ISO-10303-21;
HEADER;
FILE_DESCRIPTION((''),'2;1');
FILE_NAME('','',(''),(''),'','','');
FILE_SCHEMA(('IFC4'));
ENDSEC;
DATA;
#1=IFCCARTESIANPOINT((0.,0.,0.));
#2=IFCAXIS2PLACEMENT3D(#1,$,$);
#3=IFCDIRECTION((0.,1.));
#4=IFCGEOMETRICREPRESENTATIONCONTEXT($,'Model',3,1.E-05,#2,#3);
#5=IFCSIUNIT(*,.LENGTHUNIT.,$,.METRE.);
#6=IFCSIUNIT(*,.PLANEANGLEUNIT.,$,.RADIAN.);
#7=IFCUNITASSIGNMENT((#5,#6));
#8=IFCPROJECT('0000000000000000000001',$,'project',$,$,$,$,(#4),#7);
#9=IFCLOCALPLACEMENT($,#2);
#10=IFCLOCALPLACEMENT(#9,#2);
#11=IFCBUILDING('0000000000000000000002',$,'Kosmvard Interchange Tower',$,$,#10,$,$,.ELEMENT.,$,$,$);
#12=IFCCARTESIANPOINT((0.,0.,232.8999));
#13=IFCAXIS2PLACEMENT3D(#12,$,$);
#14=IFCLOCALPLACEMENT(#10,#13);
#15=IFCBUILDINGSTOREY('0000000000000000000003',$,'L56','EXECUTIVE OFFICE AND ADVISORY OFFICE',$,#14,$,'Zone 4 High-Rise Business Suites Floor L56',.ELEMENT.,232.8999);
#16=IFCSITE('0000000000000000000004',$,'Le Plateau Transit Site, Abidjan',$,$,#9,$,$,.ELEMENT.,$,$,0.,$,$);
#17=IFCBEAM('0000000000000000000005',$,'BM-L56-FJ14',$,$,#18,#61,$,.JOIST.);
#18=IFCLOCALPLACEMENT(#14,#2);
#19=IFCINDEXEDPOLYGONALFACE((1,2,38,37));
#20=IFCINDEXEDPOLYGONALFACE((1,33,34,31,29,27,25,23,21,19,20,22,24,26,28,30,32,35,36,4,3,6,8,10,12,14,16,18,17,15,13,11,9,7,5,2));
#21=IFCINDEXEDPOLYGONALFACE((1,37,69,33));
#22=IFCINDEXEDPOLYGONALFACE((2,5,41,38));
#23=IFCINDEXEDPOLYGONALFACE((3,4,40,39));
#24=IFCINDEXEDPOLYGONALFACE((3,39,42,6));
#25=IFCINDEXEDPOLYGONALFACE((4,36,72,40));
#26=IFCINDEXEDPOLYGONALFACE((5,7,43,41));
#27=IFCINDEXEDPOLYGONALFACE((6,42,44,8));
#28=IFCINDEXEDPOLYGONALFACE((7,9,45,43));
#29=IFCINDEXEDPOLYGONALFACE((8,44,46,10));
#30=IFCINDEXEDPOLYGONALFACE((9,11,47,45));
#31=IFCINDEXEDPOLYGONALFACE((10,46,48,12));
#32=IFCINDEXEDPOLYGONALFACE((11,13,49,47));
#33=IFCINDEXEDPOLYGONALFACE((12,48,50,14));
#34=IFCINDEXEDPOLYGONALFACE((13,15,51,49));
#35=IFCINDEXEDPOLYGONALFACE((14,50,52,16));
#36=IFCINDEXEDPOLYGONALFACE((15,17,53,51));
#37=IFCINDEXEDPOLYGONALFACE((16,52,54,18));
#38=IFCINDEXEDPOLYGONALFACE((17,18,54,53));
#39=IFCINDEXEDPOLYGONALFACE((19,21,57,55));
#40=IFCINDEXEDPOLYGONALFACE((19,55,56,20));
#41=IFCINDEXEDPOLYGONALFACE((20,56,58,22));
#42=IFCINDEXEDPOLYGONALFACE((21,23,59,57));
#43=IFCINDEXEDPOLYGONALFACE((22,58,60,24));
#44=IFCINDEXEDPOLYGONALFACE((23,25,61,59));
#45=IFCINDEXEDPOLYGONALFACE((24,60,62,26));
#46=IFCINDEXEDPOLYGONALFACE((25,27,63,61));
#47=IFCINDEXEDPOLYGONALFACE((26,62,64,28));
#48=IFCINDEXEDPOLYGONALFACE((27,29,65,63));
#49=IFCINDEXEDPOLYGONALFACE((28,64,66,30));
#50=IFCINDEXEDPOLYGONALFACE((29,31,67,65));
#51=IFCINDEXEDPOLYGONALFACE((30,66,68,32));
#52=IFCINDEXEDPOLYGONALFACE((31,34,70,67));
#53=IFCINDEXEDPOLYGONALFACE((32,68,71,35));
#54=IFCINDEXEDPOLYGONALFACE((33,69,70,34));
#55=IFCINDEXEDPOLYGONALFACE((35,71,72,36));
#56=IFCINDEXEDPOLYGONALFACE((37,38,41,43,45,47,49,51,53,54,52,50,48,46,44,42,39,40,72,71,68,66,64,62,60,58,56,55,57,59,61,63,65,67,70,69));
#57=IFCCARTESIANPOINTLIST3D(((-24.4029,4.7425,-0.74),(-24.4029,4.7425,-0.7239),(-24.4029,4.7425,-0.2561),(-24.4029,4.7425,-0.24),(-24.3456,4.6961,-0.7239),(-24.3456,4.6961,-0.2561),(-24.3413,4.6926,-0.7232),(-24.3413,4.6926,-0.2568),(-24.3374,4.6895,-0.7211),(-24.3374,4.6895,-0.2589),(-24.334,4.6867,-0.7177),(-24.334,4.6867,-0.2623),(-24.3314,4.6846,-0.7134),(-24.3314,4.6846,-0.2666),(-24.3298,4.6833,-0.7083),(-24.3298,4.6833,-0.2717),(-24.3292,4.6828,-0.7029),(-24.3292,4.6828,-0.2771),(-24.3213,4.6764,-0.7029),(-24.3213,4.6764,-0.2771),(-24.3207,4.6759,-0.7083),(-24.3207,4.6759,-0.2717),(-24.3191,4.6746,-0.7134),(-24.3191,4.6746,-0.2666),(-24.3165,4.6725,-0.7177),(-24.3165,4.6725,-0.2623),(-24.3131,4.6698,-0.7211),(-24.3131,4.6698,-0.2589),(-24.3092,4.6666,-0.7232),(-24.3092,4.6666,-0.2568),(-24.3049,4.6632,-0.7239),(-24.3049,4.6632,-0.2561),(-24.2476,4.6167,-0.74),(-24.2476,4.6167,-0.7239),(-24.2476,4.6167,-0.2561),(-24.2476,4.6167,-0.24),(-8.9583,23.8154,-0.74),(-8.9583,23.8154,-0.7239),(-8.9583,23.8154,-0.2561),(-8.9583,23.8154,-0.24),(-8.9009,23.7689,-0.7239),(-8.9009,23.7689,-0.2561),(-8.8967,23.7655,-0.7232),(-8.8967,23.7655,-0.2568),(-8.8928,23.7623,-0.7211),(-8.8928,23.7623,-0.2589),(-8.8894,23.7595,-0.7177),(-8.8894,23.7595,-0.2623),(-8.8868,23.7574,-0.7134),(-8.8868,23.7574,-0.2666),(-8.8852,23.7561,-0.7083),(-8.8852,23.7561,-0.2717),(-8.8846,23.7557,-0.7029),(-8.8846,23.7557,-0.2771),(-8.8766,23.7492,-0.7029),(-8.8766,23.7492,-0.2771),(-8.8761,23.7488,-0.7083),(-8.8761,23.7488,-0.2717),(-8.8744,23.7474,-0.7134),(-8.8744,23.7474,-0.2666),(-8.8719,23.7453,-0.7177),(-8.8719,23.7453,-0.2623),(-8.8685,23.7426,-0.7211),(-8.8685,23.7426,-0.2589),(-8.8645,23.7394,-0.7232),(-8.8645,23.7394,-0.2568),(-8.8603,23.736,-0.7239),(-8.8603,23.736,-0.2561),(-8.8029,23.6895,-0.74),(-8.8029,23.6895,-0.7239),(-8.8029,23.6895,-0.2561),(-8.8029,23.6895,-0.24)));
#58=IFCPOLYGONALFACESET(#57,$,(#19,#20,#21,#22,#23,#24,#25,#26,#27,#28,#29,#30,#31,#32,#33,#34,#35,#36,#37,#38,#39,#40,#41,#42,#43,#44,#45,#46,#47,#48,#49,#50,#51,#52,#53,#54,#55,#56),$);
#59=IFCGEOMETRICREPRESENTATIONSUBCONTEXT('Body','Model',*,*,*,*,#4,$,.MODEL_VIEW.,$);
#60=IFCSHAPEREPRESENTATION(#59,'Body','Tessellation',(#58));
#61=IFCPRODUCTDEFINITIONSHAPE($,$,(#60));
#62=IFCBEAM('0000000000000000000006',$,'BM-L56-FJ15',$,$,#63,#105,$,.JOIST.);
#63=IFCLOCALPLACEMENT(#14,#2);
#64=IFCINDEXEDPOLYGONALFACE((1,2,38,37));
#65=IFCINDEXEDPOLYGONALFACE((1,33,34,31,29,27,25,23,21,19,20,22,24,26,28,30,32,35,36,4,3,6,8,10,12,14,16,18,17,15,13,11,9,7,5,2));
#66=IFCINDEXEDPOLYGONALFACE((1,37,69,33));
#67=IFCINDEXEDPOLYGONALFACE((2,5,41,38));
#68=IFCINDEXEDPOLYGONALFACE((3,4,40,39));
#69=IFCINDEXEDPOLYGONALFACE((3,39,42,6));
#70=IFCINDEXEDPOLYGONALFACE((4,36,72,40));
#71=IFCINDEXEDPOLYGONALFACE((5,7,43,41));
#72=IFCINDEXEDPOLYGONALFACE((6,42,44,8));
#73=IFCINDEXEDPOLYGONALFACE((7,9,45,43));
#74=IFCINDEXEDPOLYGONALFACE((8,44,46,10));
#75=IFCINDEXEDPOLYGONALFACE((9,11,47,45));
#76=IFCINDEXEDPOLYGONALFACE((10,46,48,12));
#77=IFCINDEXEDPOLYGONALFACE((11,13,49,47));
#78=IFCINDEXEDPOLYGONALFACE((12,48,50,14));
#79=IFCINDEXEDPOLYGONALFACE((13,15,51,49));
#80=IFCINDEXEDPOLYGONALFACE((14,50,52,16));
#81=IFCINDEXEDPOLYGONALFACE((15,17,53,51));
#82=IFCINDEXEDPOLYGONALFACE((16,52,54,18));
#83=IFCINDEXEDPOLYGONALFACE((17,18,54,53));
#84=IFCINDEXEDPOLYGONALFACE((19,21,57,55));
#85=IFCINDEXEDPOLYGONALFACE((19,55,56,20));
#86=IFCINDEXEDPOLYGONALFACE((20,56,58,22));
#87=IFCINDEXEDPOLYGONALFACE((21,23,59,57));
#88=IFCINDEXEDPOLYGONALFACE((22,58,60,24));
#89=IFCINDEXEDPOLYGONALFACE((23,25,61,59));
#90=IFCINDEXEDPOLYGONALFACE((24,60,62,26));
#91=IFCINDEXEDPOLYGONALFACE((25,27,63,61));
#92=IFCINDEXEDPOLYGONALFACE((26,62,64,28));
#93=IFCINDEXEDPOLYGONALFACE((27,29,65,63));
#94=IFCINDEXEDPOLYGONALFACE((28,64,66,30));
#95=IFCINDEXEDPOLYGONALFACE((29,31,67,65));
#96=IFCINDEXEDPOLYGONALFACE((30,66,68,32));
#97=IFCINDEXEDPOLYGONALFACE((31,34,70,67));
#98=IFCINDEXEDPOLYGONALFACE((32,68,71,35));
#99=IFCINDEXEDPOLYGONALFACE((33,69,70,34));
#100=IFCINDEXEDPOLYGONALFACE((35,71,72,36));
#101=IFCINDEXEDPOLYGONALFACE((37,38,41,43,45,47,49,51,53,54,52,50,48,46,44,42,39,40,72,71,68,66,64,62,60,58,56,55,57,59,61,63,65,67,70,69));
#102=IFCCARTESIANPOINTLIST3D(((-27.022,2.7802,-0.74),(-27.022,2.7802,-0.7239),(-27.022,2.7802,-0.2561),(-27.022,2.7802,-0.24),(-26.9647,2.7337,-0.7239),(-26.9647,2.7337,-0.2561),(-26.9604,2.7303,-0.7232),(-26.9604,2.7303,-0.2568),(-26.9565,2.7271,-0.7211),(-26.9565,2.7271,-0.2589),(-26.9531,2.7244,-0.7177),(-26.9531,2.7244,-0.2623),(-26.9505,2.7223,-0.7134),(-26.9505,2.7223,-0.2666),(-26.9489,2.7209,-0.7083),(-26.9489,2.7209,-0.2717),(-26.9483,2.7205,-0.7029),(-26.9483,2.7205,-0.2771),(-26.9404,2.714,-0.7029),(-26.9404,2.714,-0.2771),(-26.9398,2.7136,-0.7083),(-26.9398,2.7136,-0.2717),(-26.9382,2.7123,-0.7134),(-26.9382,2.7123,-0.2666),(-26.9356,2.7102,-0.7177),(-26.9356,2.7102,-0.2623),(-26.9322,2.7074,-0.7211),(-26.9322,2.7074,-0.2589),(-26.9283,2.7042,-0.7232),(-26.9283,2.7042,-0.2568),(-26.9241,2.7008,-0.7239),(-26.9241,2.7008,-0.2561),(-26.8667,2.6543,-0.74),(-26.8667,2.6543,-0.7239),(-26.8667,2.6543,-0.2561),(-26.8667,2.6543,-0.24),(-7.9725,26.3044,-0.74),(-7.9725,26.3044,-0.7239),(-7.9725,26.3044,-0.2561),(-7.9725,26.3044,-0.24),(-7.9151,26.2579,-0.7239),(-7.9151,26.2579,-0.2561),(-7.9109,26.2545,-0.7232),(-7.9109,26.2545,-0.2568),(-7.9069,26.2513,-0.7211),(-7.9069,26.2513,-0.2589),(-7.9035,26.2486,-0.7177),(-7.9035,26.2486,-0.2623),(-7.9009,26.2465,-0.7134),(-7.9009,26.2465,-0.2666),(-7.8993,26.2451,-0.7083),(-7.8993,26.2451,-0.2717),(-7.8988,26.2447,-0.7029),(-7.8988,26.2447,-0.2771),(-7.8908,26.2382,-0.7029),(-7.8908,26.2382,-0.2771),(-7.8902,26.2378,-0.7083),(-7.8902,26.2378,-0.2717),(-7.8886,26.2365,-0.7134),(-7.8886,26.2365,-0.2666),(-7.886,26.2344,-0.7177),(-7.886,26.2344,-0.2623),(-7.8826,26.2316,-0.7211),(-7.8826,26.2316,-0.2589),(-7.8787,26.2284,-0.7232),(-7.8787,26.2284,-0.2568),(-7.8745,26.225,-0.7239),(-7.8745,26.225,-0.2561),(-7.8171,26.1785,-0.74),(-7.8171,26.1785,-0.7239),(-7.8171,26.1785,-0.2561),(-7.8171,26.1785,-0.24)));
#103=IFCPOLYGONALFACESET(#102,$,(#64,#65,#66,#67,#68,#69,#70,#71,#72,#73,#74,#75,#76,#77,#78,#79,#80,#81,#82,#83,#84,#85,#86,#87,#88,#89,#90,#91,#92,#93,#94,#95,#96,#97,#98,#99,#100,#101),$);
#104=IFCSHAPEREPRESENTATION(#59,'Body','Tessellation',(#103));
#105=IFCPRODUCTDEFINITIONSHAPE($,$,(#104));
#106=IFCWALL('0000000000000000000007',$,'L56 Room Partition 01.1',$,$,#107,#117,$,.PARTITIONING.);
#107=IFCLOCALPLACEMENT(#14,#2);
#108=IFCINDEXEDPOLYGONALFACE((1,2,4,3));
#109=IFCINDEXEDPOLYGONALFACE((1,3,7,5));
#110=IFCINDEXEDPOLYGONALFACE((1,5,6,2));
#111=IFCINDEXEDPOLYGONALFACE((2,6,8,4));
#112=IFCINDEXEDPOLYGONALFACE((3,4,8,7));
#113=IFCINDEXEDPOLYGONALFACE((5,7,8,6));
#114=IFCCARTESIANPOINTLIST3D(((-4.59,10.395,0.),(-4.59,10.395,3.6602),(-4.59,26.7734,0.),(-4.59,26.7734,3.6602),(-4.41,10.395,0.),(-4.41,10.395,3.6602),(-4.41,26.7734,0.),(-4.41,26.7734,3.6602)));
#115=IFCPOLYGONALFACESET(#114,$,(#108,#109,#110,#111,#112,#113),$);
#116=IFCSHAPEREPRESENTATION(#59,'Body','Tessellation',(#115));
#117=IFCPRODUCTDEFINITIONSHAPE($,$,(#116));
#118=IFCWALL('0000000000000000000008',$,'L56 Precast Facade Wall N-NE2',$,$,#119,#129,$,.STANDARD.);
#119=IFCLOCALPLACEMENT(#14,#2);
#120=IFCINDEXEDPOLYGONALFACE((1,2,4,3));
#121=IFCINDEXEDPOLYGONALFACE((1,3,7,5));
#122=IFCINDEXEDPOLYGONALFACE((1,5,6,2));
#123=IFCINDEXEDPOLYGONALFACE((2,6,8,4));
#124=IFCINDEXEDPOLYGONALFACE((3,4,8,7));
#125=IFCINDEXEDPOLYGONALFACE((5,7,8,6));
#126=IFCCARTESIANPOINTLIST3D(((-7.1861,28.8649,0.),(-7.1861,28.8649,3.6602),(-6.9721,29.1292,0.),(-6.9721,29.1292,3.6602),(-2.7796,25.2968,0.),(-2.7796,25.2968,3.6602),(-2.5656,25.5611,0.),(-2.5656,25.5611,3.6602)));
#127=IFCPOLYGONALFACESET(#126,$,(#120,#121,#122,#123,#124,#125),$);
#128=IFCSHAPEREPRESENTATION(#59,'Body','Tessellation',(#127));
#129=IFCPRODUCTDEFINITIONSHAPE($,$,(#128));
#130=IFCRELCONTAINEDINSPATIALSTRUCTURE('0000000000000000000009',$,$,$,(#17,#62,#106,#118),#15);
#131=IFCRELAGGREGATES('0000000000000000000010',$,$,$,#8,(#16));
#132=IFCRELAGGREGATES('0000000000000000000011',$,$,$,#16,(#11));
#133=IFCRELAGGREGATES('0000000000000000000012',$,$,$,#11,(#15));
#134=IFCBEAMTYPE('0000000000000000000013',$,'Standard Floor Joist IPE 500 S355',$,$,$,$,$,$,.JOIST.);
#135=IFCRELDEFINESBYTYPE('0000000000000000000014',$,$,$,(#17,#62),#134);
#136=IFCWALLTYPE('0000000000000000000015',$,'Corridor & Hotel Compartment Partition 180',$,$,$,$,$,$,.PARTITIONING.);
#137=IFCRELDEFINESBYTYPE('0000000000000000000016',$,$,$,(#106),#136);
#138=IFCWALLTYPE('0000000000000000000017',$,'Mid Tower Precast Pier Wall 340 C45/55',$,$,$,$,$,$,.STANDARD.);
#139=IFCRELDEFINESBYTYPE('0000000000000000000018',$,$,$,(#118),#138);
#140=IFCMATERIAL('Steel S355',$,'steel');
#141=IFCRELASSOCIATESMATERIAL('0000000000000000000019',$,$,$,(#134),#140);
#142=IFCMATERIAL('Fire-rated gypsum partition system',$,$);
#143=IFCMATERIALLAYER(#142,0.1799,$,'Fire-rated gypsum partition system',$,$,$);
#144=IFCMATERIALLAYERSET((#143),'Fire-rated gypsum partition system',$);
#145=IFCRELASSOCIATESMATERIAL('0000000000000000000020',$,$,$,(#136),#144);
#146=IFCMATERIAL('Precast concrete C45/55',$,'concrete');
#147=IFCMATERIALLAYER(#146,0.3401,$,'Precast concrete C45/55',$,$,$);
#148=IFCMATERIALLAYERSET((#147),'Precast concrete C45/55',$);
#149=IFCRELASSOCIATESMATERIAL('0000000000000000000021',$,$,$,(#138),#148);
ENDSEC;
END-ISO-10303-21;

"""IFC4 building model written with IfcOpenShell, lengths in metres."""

from ifc_helpers import new_model, si_unit, direction, frame, frame_2d, origin, origin_2d, place, context, subcontext, project, spatial, rectangle, i_section, extrude, source, transform, mapped, material, layer, layer_set, material_profile, profile_set, type_object, element, save


model = new_model("IFC4")

# Units and contexts
model_context = context("Model", 3, precision=1e-05, world=origin(), true_north=direction((0.0, 1.0)))
body_context = subcontext(model_context, "Body", "Model", "MODEL_VIEW")
ifc_project = project(units=[si_unit("LENGTHUNIT", "METRE"), si_unit("PLANEANGLEUNIT", "RADIAN")], contexts=[model_context])

# Site, building, storey
site_placement = place(None, origin())
site = spatial("IfcSite", under=ifc_project, at=site_placement, Name="Le Plateau Transit Site, Abidjan", CompositionType="ELEMENT", RefElevation=0.0)
building_placement = place(site_placement, origin())
building = spatial("IfcBuilding", under=site, at=building_placement, Name="Kosmvard Interchange Tower", CompositionType="ELEMENT")
storey_placement = place(building_placement, frame((0.0, 0.0, 232.8999)))
storey = spatial("IfcBuildingStorey", under=building, at=storey_placement, Name="L56", Description="EXECUTIVE OFFICE AND ADVISORY OFFICE", LongName="Zone 4 High-Rise Business Suites Floor L56", CompositionType="ELEMENT", Elevation=232.8999)

# Beams
ifc_material_1 = material(Name="Steel S355", Category="steel")
ifc_material_profile_1 = material_profile(ifc_material_1, i_section(OverallWidth=0.2, OverallDepth=0.5, WebThickness=0.0103, FlangeThickness=0.0161, FilletRadius=0.021, at=origin_2d()), Name="IPE 500")
ifc_profile_set_1 = profile_set([ifc_material_profile_1], Name="Steel S355")
beam_type_1 = type_object("IfcBeamType", Name="Standard Floor Joist IPE 500 S355", PredefinedType="JOIST", material=ifc_profile_set_1)
shared_shape_1 = source(origin(), body_context, "Body", "SweptSolid", [
    extrude(i_section(OverallWidth=0.2, OverallDepth=0.5, WebThickness=0.0103, FlangeThickness=0.0161, FilletRadius=0.021, at=origin_2d()), origin(), (0.0, 0.0, 1.0), 24.542),
])
beam_1_placement = place(storey_placement, frame((-8.8806, 23.7524, -0.49), z_axis=(-0.629315, -0.777151, 0.0), x_axis=(0.777151, -0.629315, 0.0)))
element("IfcBeam", 1, at=beam_1_placement, inside=storey, type_object=beam_type_1, Name="BM-L56-FJ14", PredefinedType="JOIST", context=body_context, shape_type="MappedRepresentation", body=[
    mapped(shared_shape_1, transform((0.0, 0.0, 0.0), scale=1.0)),
])
shared_shape_2 = source(origin(), body_context, "Body", "SweptSolid", [
    extrude(i_section(OverallWidth=0.2, OverallDepth=0.5, WebThickness=0.0103, FlangeThickness=0.0161, FilletRadius=0.021, at=origin_2d()), origin(), (0.0, 0.0, 1.0), 30.27),
])
beam_2_placement = place(storey_placement, frame((-7.8948, 26.2415, -0.49), z_axis=(-0.629322, -0.777145, 0.0), x_axis=(0.777145, -0.629322, 0.0)))
element("IfcBeam", 2, at=beam_2_placement, inside=storey, type_object=beam_type_1, Name="BM-L56-FJ15", PredefinedType="JOIST", context=body_context, shape_type="MappedRepresentation", body=[
    mapped(shared_shape_2, transform((0.0, 0.0, 0.0), scale=1.0)),
])

# Walls
ifc_material_2 = material(Name="Fire-rated gypsum partition system")
ifc_layer_1 = layer(ifc_material_2, 0.1799, Name="Fire-rated gypsum partition system")
ifc_layer_set_1 = layer_set([ifc_layer_1], Name="Fire-rated gypsum partition system")
wall_type_1 = type_object("IfcWallType", Name="Corridor & Hotel Compartment Partition 180", PredefinedType="PARTITIONING", material=ifc_layer_set_1)
wall_1_placement = place(storey_placement, frame((-4.5, 10.395, 0.0), z_axis=(0.0, 0.0, 1.0), x_axis=(0.0, 1.0, 0.0)))
element("IfcWall", 3, at=wall_1_placement, inside=storey, type_object=wall_type_1, Name="L56 Room Partition 01.1", PredefinedType="PARTITIONING", context=body_context, shape_type="SweptSolid", body=[
    extrude(rectangle(XDim=16.3784, YDim=0.1799, at=frame_2d((8.1892, 0.0))), origin(), (0.0, 0.0, 1.0), 3.6602),
])
ifc_material_3 = material(Name="Precast concrete C45/55", Category="concrete")
ifc_layer_2 = layer(ifc_material_3, 0.3401, Name="Precast concrete C45/55")
ifc_layer_set_2 = layer_set([ifc_layer_2], Name="Precast concrete C45/55")
wall_type_2 = type_object("IfcWallType", Name="Mid Tower Precast Pier Wall 340 C45/55", PredefinedType="STANDARD", material=ifc_layer_set_2)
wall_2_placement = place(storey_placement, frame((-2.6726, 25.429, 0.0), z_axis=(0.0, 0.0, 1.0), x_axis=(-0.777163, 0.6293, 0.0)))
element("IfcWall", 4, at=wall_2_placement, inside=storey, type_object=wall_type_2, Name="L56 Precast Facade Wall N-NE2", PredefinedType="STANDARD", context=body_context, shape_type="SweptSolid", body=[
    extrude(rectangle(XDim=5.6699, YDim=0.3401, at=frame_2d((2.835, 0.0))), origin(), (0.0, 0.0, 1.0), 3.6602),
])

save(model, "model.ifc")
